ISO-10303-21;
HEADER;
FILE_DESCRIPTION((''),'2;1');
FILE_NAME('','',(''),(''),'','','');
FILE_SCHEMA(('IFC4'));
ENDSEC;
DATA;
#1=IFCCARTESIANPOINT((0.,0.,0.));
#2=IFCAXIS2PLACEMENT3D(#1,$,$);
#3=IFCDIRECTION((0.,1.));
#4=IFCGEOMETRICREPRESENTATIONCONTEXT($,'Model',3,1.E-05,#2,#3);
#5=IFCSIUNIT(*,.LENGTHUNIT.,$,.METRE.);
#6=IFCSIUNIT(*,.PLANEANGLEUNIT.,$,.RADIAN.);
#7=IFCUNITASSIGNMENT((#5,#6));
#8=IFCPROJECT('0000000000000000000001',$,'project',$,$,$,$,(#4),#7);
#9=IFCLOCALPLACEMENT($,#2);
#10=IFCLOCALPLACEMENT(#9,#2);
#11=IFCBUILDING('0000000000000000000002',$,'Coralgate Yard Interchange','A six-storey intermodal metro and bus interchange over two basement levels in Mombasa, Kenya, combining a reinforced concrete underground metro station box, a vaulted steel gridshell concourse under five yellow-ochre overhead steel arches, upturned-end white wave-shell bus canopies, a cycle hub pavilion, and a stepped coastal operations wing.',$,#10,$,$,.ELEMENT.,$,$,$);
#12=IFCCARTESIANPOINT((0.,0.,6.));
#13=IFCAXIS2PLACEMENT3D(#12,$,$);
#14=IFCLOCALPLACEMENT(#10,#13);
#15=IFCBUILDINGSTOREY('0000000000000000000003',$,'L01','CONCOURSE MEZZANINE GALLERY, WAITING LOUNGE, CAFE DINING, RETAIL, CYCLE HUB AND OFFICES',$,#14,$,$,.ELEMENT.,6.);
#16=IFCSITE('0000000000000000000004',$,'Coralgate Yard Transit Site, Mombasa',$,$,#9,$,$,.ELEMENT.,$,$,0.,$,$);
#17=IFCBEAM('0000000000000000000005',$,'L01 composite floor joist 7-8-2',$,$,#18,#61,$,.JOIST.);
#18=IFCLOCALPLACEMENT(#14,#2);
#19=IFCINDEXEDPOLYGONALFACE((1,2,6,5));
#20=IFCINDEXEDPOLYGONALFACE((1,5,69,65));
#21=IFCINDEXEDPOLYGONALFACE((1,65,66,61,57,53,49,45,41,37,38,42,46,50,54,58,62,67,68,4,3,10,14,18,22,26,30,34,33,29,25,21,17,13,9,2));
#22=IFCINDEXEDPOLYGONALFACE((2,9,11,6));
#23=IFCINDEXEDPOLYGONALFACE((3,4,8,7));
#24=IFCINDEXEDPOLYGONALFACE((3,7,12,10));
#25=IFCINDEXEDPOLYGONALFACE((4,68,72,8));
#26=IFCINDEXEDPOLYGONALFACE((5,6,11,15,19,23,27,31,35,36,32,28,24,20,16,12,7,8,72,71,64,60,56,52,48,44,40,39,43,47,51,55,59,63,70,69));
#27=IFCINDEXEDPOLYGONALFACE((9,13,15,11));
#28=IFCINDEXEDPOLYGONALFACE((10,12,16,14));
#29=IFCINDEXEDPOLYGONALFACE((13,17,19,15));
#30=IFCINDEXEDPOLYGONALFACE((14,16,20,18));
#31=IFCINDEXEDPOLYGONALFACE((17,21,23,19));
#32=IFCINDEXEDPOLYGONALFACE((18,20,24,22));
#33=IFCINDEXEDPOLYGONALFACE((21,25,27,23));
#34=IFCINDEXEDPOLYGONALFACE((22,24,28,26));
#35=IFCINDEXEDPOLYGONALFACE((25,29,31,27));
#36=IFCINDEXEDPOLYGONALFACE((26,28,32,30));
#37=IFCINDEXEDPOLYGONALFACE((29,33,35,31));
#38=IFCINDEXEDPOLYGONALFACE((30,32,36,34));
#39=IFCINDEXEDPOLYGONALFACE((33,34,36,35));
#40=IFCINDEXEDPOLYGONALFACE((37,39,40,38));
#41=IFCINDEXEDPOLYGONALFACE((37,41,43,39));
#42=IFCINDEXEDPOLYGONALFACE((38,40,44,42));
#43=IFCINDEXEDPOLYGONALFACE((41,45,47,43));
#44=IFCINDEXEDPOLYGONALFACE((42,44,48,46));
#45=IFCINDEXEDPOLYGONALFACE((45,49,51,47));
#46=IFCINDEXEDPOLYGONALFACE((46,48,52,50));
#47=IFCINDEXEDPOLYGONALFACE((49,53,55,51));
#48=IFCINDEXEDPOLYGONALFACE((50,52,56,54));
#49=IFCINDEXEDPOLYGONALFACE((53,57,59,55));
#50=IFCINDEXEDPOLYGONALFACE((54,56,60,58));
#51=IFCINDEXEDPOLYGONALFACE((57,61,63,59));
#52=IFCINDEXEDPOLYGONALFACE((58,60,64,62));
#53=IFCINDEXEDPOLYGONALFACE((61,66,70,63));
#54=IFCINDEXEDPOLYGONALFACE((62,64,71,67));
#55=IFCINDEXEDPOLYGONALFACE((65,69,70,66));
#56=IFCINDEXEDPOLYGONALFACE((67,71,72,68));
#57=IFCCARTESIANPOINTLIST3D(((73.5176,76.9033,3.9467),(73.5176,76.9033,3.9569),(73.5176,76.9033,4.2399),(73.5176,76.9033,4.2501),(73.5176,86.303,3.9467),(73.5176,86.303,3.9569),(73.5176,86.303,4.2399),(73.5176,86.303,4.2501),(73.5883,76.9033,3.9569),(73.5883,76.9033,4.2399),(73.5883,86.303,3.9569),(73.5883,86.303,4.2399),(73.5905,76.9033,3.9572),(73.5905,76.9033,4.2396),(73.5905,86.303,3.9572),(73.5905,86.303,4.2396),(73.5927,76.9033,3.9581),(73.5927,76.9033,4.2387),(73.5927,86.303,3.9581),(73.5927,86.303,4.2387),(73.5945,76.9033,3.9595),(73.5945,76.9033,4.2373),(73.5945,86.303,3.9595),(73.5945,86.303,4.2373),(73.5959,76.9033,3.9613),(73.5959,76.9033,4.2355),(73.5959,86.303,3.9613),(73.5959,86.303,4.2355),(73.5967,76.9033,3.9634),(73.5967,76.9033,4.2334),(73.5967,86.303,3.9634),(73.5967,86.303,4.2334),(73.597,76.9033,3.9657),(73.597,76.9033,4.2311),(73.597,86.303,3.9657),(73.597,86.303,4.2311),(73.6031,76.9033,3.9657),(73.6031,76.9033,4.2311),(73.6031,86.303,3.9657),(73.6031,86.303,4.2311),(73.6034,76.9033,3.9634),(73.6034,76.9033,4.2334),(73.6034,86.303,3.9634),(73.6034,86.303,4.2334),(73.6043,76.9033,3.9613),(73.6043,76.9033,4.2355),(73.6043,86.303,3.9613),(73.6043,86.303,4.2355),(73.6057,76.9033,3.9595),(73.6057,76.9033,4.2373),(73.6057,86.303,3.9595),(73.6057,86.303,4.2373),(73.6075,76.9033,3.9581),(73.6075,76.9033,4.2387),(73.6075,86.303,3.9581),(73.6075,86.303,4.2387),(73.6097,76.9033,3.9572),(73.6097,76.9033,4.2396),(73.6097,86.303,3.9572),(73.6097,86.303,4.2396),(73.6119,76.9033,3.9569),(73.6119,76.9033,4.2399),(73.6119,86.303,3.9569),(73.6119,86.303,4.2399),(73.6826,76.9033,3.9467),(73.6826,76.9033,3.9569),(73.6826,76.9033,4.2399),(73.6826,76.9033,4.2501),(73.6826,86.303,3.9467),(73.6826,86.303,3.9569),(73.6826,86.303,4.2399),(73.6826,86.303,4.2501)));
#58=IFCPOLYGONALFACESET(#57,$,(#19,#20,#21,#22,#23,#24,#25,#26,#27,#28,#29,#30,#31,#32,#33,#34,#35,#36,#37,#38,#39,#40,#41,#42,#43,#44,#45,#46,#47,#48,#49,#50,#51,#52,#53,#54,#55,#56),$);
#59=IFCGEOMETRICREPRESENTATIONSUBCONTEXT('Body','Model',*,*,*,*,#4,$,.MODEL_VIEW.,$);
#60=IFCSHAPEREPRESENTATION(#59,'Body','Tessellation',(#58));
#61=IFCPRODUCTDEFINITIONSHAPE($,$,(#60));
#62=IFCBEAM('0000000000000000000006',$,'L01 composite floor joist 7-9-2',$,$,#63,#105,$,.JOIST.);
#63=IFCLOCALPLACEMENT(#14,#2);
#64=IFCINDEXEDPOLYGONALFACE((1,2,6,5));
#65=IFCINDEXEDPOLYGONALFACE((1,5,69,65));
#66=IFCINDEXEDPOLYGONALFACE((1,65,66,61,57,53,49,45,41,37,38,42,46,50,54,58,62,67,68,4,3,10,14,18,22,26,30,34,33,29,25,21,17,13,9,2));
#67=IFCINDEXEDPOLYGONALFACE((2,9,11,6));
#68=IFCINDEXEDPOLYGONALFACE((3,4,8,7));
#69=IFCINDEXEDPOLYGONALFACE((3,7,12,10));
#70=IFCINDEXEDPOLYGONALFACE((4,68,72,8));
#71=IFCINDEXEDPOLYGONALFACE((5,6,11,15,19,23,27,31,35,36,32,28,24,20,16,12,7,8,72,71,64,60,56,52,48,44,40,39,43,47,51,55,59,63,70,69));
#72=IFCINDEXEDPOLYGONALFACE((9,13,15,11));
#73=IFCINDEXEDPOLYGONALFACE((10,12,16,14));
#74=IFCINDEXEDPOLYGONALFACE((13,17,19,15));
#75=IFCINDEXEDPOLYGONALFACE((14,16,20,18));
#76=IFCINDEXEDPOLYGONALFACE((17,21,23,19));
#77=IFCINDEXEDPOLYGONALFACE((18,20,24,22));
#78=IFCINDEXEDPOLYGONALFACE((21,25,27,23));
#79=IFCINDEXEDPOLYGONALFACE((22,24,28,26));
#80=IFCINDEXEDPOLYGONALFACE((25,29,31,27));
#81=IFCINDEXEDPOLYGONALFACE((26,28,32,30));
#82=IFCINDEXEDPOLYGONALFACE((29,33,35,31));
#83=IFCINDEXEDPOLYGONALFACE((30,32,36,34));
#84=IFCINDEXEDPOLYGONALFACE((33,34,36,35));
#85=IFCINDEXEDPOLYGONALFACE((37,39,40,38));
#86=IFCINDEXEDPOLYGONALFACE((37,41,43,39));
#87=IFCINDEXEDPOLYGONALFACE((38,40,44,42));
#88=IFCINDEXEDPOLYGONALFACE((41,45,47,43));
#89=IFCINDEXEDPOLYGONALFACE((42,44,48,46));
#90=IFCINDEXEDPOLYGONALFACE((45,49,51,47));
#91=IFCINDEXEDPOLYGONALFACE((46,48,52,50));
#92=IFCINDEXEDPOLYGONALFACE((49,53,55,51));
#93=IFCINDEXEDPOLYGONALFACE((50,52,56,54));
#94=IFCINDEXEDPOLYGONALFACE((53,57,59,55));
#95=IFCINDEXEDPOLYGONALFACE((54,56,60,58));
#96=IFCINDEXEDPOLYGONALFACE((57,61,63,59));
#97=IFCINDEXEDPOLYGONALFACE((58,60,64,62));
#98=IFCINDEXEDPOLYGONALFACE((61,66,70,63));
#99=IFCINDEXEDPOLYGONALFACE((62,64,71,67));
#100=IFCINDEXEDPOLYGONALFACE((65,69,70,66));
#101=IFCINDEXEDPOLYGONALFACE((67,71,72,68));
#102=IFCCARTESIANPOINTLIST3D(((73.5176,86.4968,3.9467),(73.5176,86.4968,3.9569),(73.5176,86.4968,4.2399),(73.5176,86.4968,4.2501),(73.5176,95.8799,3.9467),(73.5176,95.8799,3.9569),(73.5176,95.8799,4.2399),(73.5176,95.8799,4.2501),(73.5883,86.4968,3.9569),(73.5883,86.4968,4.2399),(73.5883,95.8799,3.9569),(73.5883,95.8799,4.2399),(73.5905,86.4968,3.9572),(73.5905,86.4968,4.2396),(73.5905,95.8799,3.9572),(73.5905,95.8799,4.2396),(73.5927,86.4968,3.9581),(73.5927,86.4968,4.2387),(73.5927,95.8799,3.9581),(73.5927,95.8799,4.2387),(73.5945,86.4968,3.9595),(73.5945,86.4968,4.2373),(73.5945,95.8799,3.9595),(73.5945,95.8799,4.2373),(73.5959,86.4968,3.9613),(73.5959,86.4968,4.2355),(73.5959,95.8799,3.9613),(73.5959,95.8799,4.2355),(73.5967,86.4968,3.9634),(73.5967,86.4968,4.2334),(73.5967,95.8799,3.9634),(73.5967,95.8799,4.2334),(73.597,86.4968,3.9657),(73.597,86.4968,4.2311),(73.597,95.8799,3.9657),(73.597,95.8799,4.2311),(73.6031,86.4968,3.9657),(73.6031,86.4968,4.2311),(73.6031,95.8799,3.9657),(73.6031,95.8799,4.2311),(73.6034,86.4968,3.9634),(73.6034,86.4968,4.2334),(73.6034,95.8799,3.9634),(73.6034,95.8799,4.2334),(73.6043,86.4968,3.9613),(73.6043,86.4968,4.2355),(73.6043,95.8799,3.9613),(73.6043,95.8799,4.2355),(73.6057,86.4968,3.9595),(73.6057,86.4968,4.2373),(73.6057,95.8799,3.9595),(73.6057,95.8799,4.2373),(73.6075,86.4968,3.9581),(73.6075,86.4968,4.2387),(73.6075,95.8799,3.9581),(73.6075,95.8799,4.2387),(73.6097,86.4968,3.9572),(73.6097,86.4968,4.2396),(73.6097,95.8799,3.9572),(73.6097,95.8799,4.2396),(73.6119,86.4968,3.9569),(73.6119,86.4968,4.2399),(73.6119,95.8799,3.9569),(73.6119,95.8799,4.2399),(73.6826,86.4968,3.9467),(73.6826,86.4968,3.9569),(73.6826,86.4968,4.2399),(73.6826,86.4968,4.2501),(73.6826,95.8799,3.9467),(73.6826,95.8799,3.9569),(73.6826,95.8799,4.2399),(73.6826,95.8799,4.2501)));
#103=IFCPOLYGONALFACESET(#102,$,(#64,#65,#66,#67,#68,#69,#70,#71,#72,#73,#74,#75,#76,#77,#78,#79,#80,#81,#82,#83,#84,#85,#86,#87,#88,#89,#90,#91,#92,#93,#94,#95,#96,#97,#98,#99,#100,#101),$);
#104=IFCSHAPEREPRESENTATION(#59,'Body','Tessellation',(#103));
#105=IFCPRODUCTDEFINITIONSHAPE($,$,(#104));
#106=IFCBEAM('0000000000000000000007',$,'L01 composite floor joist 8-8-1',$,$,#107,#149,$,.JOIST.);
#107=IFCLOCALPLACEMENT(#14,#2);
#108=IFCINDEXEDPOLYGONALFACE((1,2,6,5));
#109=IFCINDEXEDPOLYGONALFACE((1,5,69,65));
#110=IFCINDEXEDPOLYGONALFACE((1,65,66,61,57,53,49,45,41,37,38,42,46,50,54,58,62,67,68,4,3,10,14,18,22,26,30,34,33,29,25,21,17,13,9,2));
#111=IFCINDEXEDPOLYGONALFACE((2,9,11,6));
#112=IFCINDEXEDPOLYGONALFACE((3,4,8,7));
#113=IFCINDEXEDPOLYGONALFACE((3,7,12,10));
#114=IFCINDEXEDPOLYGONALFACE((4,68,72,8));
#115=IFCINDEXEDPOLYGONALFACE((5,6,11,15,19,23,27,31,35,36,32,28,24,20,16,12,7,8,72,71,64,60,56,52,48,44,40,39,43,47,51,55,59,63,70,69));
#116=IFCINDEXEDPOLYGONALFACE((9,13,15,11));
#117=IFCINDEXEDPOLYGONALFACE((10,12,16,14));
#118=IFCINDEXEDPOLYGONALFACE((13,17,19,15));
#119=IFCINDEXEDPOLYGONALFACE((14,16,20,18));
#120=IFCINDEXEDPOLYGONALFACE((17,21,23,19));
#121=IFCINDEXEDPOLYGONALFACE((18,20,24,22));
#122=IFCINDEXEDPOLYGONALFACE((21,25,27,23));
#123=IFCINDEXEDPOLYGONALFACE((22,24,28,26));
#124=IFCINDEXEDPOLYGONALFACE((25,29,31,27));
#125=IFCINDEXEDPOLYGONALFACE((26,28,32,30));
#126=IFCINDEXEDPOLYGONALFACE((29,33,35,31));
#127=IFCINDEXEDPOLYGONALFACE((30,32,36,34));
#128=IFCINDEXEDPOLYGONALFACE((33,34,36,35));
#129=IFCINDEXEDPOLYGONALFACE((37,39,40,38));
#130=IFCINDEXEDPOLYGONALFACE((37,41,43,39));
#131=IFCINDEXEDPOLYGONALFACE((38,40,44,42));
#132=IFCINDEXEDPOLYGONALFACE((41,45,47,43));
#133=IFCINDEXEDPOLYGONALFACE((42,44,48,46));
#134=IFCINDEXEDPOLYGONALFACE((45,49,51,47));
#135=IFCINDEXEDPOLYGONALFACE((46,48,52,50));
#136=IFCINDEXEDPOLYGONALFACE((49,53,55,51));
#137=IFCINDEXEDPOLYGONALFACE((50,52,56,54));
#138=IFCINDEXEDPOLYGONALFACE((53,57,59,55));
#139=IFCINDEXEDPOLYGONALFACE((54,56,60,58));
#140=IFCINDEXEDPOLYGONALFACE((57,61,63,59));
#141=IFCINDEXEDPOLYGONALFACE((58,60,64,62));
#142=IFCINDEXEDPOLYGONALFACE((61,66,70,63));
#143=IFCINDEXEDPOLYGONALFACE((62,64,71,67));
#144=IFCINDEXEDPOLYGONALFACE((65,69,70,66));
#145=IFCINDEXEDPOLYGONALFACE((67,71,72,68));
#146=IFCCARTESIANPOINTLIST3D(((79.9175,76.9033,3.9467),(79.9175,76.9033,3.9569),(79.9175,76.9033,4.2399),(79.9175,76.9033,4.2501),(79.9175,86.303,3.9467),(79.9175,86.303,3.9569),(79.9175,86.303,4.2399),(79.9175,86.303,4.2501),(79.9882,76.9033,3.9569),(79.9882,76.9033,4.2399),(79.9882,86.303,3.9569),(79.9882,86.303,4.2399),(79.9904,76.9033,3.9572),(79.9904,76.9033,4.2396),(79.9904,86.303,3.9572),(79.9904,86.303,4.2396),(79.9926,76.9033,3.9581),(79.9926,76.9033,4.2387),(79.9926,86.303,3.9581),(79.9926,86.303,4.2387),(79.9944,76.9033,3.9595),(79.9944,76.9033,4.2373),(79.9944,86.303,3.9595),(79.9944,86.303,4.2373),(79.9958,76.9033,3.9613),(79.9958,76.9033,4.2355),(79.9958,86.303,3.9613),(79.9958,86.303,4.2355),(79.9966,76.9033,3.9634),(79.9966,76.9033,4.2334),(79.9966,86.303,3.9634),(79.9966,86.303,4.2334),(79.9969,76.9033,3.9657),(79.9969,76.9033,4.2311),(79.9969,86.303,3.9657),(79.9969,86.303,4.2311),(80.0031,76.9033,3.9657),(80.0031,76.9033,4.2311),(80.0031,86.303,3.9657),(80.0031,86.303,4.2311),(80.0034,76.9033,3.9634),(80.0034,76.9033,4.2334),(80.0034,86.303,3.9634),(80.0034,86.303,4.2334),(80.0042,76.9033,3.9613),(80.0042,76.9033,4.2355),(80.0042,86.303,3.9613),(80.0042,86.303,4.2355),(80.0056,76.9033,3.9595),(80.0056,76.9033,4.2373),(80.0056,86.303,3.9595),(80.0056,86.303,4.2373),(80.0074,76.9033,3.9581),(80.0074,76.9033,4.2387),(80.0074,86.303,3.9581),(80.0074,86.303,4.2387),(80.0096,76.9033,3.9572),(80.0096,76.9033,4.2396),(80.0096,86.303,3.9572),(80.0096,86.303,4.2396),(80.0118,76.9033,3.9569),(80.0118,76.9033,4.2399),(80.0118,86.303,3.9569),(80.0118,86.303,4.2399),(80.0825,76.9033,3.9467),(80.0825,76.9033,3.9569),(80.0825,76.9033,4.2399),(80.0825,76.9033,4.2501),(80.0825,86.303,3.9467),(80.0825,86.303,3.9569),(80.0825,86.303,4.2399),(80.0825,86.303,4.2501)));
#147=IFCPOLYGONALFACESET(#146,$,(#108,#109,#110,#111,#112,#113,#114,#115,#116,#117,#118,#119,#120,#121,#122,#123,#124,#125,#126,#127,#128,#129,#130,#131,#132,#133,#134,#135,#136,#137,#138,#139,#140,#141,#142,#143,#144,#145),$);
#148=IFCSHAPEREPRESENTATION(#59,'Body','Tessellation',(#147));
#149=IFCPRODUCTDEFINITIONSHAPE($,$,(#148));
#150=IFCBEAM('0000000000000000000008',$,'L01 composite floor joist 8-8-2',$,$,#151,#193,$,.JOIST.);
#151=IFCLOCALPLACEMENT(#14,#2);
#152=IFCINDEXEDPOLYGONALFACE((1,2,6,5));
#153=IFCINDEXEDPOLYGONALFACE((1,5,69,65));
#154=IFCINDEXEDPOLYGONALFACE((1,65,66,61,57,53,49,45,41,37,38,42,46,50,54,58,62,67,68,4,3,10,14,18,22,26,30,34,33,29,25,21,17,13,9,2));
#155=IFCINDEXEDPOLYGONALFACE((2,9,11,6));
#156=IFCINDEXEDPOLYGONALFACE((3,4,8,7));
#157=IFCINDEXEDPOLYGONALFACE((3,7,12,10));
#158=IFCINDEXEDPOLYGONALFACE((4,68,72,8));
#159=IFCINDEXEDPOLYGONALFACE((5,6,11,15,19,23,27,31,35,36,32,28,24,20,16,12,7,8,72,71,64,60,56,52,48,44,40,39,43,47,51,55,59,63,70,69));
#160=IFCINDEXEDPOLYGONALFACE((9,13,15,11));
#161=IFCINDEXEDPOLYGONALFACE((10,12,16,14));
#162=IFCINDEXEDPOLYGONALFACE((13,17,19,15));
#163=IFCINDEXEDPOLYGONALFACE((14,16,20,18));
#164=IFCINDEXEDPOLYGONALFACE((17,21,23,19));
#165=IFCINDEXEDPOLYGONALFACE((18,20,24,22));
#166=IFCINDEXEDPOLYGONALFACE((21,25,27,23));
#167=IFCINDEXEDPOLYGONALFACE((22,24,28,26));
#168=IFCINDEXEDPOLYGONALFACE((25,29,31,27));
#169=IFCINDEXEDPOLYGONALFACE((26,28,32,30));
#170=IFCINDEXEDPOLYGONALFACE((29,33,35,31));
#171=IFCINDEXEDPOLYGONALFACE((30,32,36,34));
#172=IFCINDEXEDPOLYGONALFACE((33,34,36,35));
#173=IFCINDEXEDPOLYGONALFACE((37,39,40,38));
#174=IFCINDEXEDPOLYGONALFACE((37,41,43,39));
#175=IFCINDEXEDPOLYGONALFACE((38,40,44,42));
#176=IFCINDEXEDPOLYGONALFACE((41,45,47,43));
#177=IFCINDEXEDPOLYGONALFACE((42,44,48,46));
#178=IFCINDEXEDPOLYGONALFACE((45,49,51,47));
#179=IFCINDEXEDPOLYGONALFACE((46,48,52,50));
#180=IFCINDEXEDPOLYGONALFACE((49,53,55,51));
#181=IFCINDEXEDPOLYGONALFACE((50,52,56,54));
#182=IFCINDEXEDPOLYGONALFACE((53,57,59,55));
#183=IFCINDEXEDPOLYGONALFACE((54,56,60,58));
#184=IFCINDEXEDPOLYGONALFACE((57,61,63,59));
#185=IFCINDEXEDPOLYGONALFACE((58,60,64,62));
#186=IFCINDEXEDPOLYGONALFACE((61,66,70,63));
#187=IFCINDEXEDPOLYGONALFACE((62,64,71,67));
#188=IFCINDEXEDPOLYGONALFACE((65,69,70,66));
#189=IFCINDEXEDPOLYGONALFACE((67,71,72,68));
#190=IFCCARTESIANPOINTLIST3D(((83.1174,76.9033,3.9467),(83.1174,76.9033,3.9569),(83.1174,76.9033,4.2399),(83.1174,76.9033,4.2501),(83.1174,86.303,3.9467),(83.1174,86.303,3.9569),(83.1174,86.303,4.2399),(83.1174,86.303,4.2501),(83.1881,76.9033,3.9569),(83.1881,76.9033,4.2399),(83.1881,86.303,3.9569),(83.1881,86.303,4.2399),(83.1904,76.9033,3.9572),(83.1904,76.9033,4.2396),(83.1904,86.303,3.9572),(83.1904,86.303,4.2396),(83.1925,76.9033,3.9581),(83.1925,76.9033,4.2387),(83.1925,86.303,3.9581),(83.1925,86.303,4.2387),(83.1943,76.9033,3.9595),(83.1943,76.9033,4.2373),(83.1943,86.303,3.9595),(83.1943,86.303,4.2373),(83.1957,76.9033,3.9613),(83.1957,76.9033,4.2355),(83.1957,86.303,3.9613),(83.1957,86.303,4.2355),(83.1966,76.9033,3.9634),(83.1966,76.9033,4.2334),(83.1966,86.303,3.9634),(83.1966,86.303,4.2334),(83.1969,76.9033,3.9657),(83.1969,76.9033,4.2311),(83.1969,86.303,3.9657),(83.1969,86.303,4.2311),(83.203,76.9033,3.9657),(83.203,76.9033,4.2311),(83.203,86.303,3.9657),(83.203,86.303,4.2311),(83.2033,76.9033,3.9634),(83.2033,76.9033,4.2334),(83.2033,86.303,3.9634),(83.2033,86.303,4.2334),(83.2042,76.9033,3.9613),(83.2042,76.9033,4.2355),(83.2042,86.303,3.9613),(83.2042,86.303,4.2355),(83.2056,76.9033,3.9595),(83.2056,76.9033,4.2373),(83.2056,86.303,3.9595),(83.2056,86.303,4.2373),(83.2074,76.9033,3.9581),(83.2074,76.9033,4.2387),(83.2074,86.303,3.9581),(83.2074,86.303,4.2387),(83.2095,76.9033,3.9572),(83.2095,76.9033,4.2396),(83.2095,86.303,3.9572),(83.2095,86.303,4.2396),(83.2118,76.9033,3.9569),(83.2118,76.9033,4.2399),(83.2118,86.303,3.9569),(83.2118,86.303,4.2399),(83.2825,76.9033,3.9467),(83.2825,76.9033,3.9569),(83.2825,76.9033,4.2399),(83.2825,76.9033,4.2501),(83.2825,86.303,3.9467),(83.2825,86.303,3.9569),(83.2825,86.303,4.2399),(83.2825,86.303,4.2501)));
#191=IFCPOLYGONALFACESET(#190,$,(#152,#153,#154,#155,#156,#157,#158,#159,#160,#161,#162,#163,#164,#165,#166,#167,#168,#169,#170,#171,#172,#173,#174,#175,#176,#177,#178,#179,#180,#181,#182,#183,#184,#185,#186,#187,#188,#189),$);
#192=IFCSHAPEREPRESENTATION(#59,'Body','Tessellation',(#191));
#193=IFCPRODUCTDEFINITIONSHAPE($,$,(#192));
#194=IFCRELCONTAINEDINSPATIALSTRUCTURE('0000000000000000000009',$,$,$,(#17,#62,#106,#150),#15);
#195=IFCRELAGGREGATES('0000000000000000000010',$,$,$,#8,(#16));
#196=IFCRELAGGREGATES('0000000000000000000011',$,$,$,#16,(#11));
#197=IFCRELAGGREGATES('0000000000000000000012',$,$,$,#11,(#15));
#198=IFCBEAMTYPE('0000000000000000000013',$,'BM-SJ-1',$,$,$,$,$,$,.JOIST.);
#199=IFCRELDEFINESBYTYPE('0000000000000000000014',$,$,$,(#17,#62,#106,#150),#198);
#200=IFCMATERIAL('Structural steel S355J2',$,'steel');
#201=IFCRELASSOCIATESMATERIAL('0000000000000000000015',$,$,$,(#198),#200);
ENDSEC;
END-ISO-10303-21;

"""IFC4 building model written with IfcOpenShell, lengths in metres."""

from ifc_helpers import new_model, si_unit, direction, frame, origin, origin_2d, place, context, subcontext, project, spatial, i_section, extrude, material, material_profile, profile_set, type_object, element, save


model = new_model("IFC4")

# Units and contexts
model_context = context("Model", 3, precision=1e-05, world=origin(), true_north=direction((0.0, 1.0)))
body_context = subcontext(model_context, "Body", "Model", "MODEL_VIEW")
ifc_project = project(units=[si_unit("LENGTHUNIT", "METRE"), si_unit("PLANEANGLEUNIT", "RADIAN")], contexts=[model_context])

# Site, building, storey
site_placement = place(None, origin())
site = spatial("IfcSite", under=ifc_project, at=site_placement, Name="Coralgate Yard Transit Site, Mombasa", CompositionType="ELEMENT", RefElevation=0.0)
building_placement = place(site_placement, origin())
building = spatial("IfcBuilding", under=site, at=building_placement, Name="Coralgate Yard Interchange", Description="A six-storey intermodal metro and bus interchange over two basement levels in Mombasa, Kenya, combining a reinforced concrete underground metro station box, a vaulted steel gridshell concourse under five yellow-ochre overhead steel arches, upturned-end white wave-shell bus canopies, a cycle hub pavilion, and a stepped coastal operations wing.", CompositionType="ELEMENT")
storey_placement = place(building_placement, frame((0.0, 0.0, 6.0)))
storey = spatial("IfcBuildingStorey", under=building, at=storey_placement, Name="L01", Description="CONCOURSE MEZZANINE GALLERY, WAITING LOUNGE, CAFE DINING, RETAIL, CYCLE HUB AND OFFICES", CompositionType="ELEMENT", Elevation=6.0)

# Shared definitions
ifc_material_1 = material(Name="Structural steel S355J2", Category="steel")

# Beams
ifc_material_profile_1 = material_profile(ifc_material_1, i_section(OverallWidth=0.165, OverallDepth=0.3035, WebThickness=0.0061, FlangeThickness=0.0103, FilletRadius=0.0088, at=origin_2d()), Name="UB 305x165x40")
ifc_profile_set_1 = profile_set([ifc_material_profile_1], Name="Structural steel S355J2")
beam_type_1 = type_object("IfcBeamType", Name="BM-SJ-1", PredefinedType="JOIST", material=ifc_profile_set_1)
beam_1_placement = place(storey_placement, frame((73.6001, 76.9033, 4.0984), z_axis=(0.0, 1.0, 0.0), x_axis=(-1.0, 0.0, 0.0)))
element("IfcBeam", 1, at=beam_1_placement, inside=storey, type_object=beam_type_1, Name="L01 composite floor joist 7-8-2", PredefinedType="JOIST", context=body_context, shape_type="SweptSolid", body=[
    extrude(i_section(OverallWidth=0.165, OverallDepth=0.3035, WebThickness=0.0061, FlangeThickness=0.0103, FilletRadius=0.0088, at=origin_2d()), origin(), (0.0, 0.0, 1.0), 9.3997),
])
beam_2_placement = place(storey_placement, frame((73.6001, 86.4968, 4.0984), z_axis=(0.0, 1.0, 0.0), x_axis=(-1.0, 0.0, 0.0)))
element("IfcBeam", 2, at=beam_2_placement, inside=storey, type_object=beam_type_1, Name="L01 composite floor joist 7-9-2", PredefinedType="JOIST", context=body_context, shape_type="SweptSolid", body=[
    extrude(i_section(OverallWidth=0.165, OverallDepth=0.3035, WebThickness=0.0061, FlangeThickness=0.0103, FilletRadius=0.0088, at=origin_2d()), origin(), (0.0, 0.0, 1.0), 9.3831),
])
for number, where, z_axis, x_axis, name in (
    (3, (80.0, 76.9033, 4.0984), (0.0, 1.0, 0.0), (-1.0, 0.0, 0.0), "L01 composite floor joist 8-8-1"),
    (4, (83.2, 76.9033, 4.0984), (0.0, 1.0, 0.0), (-1.0, 0.0, 0.0), "L01 composite floor joist 8-8-2"),
):
    element("IfcBeam", number, at=place(storey_placement, frame(where, z_axis=z_axis, x_axis=x_axis)), inside=storey, type_object=beam_type_1, Name=name, PredefinedType="JOIST", context=body_context, shape_type="SweptSolid", body=[
        extrude(i_section(OverallWidth=0.165, OverallDepth=0.3035, WebThickness=0.0061, FlangeThickness=0.0103, FilletRadius=0.0088, at=origin_2d()), origin(), (0.0, 0.0, 1.0), 9.3997),
    ])

save(model, "model.ifc")
